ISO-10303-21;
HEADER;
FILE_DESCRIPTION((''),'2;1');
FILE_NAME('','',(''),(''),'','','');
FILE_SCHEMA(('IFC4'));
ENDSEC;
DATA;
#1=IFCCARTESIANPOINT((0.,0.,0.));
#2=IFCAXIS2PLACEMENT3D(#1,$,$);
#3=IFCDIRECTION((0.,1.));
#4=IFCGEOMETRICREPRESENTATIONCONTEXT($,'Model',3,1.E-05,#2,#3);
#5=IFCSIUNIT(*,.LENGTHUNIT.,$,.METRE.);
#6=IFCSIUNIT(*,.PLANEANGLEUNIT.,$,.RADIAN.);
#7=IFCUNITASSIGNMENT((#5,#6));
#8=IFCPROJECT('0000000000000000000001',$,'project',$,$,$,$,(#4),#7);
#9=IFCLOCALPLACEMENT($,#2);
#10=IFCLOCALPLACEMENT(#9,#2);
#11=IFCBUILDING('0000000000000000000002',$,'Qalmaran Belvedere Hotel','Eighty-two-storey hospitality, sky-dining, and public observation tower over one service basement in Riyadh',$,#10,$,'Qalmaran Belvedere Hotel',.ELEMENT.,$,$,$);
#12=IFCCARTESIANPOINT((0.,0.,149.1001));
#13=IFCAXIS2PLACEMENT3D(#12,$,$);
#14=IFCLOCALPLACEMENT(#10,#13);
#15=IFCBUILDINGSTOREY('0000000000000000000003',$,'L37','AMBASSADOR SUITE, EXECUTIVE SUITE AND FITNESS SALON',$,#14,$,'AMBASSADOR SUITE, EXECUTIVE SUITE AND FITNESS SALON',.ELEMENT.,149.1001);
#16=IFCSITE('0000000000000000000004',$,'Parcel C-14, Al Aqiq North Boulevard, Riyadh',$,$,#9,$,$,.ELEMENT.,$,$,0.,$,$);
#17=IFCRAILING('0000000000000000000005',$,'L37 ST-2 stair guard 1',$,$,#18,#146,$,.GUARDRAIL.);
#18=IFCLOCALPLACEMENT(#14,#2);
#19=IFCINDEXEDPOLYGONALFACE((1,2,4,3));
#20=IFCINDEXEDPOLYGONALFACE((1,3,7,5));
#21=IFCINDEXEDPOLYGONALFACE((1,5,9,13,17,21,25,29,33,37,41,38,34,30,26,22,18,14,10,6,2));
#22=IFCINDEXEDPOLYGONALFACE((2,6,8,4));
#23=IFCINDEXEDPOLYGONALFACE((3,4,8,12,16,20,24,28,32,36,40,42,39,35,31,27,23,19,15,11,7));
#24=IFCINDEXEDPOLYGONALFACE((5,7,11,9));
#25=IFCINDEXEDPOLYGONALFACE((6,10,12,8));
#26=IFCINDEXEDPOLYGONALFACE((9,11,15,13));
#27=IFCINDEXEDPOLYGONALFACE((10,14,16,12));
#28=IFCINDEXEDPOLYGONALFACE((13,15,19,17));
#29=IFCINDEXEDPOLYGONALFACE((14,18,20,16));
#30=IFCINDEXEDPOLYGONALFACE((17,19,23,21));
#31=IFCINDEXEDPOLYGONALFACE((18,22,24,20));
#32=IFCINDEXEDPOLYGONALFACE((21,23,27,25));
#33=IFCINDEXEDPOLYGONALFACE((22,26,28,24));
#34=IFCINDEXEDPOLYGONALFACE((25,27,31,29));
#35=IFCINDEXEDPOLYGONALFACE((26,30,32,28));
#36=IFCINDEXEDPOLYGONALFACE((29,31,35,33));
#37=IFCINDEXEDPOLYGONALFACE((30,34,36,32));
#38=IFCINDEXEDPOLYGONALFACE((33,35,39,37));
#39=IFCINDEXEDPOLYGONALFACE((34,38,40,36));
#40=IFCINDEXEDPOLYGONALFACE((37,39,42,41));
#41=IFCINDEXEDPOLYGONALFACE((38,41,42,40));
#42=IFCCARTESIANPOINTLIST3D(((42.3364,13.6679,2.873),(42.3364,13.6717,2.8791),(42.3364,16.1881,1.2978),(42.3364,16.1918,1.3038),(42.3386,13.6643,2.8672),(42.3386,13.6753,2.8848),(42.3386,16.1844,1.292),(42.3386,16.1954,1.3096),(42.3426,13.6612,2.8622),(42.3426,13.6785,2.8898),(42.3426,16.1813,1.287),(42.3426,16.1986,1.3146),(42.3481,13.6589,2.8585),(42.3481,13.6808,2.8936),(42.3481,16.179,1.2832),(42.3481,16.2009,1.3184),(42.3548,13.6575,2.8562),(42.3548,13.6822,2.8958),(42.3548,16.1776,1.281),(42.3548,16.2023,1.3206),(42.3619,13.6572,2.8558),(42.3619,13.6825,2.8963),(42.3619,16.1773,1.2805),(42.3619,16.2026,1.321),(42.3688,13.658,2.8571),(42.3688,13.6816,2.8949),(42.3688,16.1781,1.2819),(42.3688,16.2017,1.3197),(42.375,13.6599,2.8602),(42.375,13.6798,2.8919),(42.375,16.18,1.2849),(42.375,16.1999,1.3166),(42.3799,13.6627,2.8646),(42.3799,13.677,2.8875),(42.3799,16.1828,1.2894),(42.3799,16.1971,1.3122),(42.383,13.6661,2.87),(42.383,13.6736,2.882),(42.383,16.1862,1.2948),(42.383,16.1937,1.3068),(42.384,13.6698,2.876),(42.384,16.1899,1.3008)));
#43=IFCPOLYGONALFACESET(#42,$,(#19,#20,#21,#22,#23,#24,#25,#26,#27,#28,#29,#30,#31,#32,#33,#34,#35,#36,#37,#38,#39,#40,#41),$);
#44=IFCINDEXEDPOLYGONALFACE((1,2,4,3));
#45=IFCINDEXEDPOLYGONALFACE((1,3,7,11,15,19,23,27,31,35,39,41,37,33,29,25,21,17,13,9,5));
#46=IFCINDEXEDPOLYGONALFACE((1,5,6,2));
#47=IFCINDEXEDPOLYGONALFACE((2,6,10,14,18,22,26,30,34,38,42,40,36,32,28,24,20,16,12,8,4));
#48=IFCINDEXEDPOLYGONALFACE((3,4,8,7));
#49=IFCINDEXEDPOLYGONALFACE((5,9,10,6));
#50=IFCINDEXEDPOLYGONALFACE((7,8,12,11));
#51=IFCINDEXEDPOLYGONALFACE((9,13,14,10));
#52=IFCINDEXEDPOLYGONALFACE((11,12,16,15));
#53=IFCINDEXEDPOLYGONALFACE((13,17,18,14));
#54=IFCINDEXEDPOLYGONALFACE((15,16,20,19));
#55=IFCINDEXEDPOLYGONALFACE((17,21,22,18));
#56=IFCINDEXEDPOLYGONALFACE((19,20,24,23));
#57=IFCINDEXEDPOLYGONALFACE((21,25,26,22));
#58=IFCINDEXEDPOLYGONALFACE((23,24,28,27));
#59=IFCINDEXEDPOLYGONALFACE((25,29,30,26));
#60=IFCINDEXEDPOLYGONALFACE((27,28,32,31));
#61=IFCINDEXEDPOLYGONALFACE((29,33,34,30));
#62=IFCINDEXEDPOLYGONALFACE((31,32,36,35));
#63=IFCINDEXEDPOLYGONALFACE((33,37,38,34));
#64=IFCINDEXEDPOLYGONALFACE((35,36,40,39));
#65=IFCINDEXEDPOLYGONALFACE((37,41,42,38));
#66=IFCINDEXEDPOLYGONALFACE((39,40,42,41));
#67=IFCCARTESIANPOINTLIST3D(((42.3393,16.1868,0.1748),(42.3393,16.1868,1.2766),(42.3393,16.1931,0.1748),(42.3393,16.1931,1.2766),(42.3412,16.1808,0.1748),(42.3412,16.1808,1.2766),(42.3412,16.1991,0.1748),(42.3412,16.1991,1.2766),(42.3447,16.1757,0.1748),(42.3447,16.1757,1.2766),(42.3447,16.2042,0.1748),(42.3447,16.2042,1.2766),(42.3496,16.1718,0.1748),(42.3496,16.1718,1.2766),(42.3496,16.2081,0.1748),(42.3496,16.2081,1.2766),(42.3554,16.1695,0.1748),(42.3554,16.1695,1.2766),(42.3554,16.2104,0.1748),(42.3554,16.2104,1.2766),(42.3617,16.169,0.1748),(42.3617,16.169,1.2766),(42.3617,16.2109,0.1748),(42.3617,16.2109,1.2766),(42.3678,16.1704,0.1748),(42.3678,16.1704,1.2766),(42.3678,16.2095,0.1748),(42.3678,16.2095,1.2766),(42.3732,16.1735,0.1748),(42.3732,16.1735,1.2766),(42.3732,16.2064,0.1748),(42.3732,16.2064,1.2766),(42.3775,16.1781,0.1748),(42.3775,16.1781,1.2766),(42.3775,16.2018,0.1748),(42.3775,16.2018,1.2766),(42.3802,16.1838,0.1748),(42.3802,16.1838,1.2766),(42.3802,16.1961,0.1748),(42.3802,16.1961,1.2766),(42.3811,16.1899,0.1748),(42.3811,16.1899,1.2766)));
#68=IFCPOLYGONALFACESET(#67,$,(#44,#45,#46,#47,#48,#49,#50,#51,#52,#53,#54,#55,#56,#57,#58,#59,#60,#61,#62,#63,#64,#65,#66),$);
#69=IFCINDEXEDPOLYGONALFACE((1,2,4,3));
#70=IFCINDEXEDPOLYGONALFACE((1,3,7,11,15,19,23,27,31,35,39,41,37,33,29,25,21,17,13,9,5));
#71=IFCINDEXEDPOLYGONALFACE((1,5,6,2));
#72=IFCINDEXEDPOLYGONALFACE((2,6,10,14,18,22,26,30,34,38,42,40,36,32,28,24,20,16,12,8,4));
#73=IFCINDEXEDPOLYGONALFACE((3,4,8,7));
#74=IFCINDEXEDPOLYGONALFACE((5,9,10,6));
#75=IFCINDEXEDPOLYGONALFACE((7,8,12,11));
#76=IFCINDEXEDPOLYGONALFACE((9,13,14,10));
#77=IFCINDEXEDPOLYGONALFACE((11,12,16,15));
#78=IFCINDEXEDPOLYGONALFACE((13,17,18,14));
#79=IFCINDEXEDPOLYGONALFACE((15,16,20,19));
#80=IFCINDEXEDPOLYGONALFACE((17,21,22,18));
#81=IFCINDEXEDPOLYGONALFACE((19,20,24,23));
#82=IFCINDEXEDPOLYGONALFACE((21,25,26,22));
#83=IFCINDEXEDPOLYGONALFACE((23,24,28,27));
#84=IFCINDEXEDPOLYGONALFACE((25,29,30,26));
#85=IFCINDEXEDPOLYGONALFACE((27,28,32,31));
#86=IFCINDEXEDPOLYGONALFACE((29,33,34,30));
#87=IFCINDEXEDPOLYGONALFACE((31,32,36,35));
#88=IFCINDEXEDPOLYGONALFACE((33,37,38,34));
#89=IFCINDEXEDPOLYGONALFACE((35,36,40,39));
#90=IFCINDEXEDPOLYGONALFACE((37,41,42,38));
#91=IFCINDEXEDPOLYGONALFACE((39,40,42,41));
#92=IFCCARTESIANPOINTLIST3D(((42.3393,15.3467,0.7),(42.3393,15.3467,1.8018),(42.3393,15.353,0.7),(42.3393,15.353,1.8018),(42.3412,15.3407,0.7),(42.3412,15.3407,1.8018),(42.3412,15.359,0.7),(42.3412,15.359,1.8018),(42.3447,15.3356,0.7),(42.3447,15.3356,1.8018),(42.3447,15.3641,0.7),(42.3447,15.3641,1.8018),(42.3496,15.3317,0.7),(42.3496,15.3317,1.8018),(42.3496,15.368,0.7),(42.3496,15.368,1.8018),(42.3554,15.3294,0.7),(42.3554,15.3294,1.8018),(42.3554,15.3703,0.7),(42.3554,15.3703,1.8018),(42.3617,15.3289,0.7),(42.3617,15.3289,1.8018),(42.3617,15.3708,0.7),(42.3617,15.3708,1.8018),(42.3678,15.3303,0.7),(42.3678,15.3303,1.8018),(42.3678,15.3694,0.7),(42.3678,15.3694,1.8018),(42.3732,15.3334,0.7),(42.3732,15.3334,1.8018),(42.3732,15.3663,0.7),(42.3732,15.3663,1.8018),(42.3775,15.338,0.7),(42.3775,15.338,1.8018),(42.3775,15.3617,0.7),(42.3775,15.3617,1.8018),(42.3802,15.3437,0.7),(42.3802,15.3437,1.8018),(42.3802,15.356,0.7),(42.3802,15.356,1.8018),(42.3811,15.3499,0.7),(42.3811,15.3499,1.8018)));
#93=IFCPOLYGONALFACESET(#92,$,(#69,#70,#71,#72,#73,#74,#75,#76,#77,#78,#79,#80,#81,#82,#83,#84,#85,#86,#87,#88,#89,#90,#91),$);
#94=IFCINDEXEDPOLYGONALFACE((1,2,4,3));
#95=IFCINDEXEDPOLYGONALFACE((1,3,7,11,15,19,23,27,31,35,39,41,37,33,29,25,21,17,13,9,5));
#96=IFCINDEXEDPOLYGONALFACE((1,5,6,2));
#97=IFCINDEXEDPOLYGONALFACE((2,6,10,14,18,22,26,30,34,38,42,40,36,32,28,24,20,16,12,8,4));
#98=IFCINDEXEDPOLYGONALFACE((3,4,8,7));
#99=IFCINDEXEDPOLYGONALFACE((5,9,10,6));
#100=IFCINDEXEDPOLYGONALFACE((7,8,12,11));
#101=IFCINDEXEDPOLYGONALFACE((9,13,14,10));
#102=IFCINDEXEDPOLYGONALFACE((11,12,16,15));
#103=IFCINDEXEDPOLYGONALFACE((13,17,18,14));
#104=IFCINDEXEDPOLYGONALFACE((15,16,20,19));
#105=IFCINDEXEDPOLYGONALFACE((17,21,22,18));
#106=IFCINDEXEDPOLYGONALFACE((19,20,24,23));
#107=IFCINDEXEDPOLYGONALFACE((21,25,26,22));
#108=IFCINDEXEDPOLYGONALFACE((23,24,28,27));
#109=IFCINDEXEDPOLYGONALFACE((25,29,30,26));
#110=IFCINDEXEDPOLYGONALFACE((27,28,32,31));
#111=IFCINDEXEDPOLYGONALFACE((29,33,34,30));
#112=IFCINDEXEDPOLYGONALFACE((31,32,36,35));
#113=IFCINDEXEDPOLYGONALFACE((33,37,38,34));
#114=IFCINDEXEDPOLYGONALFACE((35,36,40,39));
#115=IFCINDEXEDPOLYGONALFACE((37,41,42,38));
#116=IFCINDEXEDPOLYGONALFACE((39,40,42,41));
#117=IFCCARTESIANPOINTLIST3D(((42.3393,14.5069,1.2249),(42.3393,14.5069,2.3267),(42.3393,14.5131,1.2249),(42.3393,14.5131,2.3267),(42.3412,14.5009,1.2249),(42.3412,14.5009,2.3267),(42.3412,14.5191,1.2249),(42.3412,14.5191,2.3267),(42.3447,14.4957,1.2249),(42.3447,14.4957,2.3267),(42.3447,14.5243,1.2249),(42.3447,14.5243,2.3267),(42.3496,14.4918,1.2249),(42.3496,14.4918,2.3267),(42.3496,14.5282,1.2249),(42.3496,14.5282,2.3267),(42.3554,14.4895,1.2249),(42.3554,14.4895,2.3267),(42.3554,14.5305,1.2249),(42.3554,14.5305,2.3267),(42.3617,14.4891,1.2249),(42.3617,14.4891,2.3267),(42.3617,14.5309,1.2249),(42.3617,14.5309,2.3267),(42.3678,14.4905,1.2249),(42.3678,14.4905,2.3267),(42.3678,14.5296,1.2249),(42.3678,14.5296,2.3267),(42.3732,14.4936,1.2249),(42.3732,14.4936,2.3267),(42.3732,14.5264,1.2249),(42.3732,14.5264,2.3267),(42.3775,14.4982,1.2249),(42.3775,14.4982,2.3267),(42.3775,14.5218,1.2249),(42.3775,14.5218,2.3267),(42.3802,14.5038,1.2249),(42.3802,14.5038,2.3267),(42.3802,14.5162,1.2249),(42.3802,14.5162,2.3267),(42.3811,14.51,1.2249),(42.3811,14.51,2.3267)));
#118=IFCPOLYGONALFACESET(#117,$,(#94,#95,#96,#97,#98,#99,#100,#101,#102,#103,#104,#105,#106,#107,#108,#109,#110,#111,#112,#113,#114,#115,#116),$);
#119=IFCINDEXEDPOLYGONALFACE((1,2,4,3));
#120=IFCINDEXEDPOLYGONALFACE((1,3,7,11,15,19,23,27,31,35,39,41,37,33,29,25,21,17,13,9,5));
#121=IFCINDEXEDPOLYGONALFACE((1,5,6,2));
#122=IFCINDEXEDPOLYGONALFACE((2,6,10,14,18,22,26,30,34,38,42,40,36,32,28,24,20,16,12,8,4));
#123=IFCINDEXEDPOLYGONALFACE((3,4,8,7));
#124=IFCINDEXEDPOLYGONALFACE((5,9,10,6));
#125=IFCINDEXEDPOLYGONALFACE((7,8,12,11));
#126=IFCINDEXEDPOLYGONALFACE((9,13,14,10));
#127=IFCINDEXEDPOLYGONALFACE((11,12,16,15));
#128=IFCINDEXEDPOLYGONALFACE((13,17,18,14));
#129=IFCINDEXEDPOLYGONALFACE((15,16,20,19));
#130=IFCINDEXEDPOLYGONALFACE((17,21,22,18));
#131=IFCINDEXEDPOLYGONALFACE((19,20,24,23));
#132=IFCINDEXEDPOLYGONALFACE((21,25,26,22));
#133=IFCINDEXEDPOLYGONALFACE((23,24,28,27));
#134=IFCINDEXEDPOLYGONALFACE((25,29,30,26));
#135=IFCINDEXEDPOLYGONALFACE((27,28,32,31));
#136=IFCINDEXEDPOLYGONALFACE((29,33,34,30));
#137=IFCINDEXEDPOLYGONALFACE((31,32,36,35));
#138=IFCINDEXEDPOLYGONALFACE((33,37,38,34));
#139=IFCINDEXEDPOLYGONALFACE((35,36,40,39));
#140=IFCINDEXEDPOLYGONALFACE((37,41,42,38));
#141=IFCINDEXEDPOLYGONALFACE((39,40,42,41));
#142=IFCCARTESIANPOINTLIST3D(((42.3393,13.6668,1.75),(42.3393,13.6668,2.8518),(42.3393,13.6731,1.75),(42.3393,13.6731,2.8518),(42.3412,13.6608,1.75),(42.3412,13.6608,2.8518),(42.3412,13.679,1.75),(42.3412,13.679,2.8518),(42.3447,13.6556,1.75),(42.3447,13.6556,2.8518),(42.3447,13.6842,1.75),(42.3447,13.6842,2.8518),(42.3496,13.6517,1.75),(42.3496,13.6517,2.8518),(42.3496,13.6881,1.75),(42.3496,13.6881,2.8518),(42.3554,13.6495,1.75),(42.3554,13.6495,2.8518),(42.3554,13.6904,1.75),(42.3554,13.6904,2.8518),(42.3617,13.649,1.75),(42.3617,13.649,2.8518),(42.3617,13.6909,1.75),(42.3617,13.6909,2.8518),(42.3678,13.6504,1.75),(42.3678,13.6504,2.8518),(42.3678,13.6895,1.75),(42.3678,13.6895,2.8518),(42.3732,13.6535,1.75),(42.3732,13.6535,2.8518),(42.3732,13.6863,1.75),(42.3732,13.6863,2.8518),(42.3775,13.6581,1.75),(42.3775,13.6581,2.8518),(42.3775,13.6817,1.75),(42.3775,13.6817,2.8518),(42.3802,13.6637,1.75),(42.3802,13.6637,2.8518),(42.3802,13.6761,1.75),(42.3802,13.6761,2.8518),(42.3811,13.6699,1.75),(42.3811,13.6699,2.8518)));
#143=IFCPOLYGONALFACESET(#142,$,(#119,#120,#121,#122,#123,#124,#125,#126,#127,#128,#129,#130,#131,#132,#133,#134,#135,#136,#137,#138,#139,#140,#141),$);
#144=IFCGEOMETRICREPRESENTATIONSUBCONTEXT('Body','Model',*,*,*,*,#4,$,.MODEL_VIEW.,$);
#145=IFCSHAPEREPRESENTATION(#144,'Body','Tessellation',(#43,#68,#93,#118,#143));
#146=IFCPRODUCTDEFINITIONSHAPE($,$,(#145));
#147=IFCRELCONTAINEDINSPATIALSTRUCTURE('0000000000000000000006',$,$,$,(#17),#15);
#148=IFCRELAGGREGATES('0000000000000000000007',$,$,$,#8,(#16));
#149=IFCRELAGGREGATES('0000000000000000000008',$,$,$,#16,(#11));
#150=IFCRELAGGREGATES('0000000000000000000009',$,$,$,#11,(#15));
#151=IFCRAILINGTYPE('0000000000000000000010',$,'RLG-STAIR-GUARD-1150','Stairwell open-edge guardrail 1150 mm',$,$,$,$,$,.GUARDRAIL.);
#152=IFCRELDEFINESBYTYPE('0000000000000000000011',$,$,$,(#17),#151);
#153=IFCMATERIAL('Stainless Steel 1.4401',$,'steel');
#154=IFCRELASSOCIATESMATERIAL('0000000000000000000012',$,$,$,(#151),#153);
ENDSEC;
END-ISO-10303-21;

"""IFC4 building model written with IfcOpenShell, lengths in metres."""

from ifc_helpers import new_model, si_unit, direction, frame, origin, origin_2d, place, context, subcontext, project, spatial, circle, extrude, material, type_object, element, save


model = new_model("IFC4")

# Units and contexts
model_context = context("Model", 3, precision=1e-05, world=origin(), true_north=direction((0.0, 1.0)))
body_context = subcontext(model_context, "Body", "Model", "MODEL_VIEW")
ifc_project = project(units=[si_unit("LENGTHUNIT", "METRE"), si_unit("PLANEANGLEUNIT", "RADIAN")], contexts=[model_context])

# Site, building, storey
site_placement = place(None, origin())
site = spatial("IfcSite", under=ifc_project, at=site_placement, Name="Parcel C-14, Al Aqiq North Boulevard, Riyadh", CompositionType="ELEMENT", RefElevation=0.0)
building_placement = place(site_placement, origin())
building = spatial("IfcBuilding", under=site, at=building_placement, Name="Qalmaran Belvedere Hotel", Description="Eighty-two-storey hospitality, sky-dining, and public observation tower over one service basement in Riyadh", LongName="Qalmaran Belvedere Hotel", CompositionType="ELEMENT")
storey_placement = place(building_placement, frame((0.0, 0.0, 149.1001)))
storey = spatial("IfcBuildingStorey", under=building, at=storey_placement, Name="L37", Description="AMBASSADOR SUITE, EXECUTIVE SUITE AND FITNESS SALON", LongName="AMBASSADOR SUITE, EXECUTIVE SUITE AND FITNESS SALON", CompositionType="ELEMENT", Elevation=149.1001)

# Shared definitions
ifc_material_1 = material(Name="Stainless Steel 1.4401", Category="steel")

# Railing
railing_type_1 = type_object("IfcRailingType", Name="RLG-STAIR-GUARD-1150", Description="Stairwell open-edge guardrail 1150 mm", PredefinedType="GUARDRAIL", material=ifc_material_1)
railing_1_placement = place(storey_placement, frame((42.3601, 16.1899, 0.1748)))
element("IfcRailing", 1, at=railing_1_placement, inside=storey, type_object=railing_type_1, Name="L37 ST-2 stair guard 1", PredefinedType="GUARDRAIL", context=body_context, shape_type="SweptSolid", body=[
    extrude(circle(Radius=0.0239, at=origin_2d()), frame((0.0, 0.0, 1.126), z_axis=(0.0, -0.847971, 0.530043), x_axis=(1.0, 0.0, 0.0)), (0.0, 0.0, 1.0), 2.9719),
    extrude(circle(Radius=0.021, at=origin_2d()), origin(), (0.0, 0.0, 1.0), 1.1018),
    extrude(circle(Radius=0.021, at=origin_2d()), frame((0.0, -0.8401, 0.5251)), (0.0, 0.0, 1.0), 1.1018),
    extrude(circle(Radius=0.021, at=origin_2d()), frame((0.0, -1.6799, 1.05)), (0.0, 0.0, 1.0), 1.1018),
    extrude(circle(Radius=0.021, at=origin_2d()), frame((0.0, -2.52, 1.5752)), (0.0, 0.0, 1.0), 1.1018),
])

save(model, "model.ifc")
